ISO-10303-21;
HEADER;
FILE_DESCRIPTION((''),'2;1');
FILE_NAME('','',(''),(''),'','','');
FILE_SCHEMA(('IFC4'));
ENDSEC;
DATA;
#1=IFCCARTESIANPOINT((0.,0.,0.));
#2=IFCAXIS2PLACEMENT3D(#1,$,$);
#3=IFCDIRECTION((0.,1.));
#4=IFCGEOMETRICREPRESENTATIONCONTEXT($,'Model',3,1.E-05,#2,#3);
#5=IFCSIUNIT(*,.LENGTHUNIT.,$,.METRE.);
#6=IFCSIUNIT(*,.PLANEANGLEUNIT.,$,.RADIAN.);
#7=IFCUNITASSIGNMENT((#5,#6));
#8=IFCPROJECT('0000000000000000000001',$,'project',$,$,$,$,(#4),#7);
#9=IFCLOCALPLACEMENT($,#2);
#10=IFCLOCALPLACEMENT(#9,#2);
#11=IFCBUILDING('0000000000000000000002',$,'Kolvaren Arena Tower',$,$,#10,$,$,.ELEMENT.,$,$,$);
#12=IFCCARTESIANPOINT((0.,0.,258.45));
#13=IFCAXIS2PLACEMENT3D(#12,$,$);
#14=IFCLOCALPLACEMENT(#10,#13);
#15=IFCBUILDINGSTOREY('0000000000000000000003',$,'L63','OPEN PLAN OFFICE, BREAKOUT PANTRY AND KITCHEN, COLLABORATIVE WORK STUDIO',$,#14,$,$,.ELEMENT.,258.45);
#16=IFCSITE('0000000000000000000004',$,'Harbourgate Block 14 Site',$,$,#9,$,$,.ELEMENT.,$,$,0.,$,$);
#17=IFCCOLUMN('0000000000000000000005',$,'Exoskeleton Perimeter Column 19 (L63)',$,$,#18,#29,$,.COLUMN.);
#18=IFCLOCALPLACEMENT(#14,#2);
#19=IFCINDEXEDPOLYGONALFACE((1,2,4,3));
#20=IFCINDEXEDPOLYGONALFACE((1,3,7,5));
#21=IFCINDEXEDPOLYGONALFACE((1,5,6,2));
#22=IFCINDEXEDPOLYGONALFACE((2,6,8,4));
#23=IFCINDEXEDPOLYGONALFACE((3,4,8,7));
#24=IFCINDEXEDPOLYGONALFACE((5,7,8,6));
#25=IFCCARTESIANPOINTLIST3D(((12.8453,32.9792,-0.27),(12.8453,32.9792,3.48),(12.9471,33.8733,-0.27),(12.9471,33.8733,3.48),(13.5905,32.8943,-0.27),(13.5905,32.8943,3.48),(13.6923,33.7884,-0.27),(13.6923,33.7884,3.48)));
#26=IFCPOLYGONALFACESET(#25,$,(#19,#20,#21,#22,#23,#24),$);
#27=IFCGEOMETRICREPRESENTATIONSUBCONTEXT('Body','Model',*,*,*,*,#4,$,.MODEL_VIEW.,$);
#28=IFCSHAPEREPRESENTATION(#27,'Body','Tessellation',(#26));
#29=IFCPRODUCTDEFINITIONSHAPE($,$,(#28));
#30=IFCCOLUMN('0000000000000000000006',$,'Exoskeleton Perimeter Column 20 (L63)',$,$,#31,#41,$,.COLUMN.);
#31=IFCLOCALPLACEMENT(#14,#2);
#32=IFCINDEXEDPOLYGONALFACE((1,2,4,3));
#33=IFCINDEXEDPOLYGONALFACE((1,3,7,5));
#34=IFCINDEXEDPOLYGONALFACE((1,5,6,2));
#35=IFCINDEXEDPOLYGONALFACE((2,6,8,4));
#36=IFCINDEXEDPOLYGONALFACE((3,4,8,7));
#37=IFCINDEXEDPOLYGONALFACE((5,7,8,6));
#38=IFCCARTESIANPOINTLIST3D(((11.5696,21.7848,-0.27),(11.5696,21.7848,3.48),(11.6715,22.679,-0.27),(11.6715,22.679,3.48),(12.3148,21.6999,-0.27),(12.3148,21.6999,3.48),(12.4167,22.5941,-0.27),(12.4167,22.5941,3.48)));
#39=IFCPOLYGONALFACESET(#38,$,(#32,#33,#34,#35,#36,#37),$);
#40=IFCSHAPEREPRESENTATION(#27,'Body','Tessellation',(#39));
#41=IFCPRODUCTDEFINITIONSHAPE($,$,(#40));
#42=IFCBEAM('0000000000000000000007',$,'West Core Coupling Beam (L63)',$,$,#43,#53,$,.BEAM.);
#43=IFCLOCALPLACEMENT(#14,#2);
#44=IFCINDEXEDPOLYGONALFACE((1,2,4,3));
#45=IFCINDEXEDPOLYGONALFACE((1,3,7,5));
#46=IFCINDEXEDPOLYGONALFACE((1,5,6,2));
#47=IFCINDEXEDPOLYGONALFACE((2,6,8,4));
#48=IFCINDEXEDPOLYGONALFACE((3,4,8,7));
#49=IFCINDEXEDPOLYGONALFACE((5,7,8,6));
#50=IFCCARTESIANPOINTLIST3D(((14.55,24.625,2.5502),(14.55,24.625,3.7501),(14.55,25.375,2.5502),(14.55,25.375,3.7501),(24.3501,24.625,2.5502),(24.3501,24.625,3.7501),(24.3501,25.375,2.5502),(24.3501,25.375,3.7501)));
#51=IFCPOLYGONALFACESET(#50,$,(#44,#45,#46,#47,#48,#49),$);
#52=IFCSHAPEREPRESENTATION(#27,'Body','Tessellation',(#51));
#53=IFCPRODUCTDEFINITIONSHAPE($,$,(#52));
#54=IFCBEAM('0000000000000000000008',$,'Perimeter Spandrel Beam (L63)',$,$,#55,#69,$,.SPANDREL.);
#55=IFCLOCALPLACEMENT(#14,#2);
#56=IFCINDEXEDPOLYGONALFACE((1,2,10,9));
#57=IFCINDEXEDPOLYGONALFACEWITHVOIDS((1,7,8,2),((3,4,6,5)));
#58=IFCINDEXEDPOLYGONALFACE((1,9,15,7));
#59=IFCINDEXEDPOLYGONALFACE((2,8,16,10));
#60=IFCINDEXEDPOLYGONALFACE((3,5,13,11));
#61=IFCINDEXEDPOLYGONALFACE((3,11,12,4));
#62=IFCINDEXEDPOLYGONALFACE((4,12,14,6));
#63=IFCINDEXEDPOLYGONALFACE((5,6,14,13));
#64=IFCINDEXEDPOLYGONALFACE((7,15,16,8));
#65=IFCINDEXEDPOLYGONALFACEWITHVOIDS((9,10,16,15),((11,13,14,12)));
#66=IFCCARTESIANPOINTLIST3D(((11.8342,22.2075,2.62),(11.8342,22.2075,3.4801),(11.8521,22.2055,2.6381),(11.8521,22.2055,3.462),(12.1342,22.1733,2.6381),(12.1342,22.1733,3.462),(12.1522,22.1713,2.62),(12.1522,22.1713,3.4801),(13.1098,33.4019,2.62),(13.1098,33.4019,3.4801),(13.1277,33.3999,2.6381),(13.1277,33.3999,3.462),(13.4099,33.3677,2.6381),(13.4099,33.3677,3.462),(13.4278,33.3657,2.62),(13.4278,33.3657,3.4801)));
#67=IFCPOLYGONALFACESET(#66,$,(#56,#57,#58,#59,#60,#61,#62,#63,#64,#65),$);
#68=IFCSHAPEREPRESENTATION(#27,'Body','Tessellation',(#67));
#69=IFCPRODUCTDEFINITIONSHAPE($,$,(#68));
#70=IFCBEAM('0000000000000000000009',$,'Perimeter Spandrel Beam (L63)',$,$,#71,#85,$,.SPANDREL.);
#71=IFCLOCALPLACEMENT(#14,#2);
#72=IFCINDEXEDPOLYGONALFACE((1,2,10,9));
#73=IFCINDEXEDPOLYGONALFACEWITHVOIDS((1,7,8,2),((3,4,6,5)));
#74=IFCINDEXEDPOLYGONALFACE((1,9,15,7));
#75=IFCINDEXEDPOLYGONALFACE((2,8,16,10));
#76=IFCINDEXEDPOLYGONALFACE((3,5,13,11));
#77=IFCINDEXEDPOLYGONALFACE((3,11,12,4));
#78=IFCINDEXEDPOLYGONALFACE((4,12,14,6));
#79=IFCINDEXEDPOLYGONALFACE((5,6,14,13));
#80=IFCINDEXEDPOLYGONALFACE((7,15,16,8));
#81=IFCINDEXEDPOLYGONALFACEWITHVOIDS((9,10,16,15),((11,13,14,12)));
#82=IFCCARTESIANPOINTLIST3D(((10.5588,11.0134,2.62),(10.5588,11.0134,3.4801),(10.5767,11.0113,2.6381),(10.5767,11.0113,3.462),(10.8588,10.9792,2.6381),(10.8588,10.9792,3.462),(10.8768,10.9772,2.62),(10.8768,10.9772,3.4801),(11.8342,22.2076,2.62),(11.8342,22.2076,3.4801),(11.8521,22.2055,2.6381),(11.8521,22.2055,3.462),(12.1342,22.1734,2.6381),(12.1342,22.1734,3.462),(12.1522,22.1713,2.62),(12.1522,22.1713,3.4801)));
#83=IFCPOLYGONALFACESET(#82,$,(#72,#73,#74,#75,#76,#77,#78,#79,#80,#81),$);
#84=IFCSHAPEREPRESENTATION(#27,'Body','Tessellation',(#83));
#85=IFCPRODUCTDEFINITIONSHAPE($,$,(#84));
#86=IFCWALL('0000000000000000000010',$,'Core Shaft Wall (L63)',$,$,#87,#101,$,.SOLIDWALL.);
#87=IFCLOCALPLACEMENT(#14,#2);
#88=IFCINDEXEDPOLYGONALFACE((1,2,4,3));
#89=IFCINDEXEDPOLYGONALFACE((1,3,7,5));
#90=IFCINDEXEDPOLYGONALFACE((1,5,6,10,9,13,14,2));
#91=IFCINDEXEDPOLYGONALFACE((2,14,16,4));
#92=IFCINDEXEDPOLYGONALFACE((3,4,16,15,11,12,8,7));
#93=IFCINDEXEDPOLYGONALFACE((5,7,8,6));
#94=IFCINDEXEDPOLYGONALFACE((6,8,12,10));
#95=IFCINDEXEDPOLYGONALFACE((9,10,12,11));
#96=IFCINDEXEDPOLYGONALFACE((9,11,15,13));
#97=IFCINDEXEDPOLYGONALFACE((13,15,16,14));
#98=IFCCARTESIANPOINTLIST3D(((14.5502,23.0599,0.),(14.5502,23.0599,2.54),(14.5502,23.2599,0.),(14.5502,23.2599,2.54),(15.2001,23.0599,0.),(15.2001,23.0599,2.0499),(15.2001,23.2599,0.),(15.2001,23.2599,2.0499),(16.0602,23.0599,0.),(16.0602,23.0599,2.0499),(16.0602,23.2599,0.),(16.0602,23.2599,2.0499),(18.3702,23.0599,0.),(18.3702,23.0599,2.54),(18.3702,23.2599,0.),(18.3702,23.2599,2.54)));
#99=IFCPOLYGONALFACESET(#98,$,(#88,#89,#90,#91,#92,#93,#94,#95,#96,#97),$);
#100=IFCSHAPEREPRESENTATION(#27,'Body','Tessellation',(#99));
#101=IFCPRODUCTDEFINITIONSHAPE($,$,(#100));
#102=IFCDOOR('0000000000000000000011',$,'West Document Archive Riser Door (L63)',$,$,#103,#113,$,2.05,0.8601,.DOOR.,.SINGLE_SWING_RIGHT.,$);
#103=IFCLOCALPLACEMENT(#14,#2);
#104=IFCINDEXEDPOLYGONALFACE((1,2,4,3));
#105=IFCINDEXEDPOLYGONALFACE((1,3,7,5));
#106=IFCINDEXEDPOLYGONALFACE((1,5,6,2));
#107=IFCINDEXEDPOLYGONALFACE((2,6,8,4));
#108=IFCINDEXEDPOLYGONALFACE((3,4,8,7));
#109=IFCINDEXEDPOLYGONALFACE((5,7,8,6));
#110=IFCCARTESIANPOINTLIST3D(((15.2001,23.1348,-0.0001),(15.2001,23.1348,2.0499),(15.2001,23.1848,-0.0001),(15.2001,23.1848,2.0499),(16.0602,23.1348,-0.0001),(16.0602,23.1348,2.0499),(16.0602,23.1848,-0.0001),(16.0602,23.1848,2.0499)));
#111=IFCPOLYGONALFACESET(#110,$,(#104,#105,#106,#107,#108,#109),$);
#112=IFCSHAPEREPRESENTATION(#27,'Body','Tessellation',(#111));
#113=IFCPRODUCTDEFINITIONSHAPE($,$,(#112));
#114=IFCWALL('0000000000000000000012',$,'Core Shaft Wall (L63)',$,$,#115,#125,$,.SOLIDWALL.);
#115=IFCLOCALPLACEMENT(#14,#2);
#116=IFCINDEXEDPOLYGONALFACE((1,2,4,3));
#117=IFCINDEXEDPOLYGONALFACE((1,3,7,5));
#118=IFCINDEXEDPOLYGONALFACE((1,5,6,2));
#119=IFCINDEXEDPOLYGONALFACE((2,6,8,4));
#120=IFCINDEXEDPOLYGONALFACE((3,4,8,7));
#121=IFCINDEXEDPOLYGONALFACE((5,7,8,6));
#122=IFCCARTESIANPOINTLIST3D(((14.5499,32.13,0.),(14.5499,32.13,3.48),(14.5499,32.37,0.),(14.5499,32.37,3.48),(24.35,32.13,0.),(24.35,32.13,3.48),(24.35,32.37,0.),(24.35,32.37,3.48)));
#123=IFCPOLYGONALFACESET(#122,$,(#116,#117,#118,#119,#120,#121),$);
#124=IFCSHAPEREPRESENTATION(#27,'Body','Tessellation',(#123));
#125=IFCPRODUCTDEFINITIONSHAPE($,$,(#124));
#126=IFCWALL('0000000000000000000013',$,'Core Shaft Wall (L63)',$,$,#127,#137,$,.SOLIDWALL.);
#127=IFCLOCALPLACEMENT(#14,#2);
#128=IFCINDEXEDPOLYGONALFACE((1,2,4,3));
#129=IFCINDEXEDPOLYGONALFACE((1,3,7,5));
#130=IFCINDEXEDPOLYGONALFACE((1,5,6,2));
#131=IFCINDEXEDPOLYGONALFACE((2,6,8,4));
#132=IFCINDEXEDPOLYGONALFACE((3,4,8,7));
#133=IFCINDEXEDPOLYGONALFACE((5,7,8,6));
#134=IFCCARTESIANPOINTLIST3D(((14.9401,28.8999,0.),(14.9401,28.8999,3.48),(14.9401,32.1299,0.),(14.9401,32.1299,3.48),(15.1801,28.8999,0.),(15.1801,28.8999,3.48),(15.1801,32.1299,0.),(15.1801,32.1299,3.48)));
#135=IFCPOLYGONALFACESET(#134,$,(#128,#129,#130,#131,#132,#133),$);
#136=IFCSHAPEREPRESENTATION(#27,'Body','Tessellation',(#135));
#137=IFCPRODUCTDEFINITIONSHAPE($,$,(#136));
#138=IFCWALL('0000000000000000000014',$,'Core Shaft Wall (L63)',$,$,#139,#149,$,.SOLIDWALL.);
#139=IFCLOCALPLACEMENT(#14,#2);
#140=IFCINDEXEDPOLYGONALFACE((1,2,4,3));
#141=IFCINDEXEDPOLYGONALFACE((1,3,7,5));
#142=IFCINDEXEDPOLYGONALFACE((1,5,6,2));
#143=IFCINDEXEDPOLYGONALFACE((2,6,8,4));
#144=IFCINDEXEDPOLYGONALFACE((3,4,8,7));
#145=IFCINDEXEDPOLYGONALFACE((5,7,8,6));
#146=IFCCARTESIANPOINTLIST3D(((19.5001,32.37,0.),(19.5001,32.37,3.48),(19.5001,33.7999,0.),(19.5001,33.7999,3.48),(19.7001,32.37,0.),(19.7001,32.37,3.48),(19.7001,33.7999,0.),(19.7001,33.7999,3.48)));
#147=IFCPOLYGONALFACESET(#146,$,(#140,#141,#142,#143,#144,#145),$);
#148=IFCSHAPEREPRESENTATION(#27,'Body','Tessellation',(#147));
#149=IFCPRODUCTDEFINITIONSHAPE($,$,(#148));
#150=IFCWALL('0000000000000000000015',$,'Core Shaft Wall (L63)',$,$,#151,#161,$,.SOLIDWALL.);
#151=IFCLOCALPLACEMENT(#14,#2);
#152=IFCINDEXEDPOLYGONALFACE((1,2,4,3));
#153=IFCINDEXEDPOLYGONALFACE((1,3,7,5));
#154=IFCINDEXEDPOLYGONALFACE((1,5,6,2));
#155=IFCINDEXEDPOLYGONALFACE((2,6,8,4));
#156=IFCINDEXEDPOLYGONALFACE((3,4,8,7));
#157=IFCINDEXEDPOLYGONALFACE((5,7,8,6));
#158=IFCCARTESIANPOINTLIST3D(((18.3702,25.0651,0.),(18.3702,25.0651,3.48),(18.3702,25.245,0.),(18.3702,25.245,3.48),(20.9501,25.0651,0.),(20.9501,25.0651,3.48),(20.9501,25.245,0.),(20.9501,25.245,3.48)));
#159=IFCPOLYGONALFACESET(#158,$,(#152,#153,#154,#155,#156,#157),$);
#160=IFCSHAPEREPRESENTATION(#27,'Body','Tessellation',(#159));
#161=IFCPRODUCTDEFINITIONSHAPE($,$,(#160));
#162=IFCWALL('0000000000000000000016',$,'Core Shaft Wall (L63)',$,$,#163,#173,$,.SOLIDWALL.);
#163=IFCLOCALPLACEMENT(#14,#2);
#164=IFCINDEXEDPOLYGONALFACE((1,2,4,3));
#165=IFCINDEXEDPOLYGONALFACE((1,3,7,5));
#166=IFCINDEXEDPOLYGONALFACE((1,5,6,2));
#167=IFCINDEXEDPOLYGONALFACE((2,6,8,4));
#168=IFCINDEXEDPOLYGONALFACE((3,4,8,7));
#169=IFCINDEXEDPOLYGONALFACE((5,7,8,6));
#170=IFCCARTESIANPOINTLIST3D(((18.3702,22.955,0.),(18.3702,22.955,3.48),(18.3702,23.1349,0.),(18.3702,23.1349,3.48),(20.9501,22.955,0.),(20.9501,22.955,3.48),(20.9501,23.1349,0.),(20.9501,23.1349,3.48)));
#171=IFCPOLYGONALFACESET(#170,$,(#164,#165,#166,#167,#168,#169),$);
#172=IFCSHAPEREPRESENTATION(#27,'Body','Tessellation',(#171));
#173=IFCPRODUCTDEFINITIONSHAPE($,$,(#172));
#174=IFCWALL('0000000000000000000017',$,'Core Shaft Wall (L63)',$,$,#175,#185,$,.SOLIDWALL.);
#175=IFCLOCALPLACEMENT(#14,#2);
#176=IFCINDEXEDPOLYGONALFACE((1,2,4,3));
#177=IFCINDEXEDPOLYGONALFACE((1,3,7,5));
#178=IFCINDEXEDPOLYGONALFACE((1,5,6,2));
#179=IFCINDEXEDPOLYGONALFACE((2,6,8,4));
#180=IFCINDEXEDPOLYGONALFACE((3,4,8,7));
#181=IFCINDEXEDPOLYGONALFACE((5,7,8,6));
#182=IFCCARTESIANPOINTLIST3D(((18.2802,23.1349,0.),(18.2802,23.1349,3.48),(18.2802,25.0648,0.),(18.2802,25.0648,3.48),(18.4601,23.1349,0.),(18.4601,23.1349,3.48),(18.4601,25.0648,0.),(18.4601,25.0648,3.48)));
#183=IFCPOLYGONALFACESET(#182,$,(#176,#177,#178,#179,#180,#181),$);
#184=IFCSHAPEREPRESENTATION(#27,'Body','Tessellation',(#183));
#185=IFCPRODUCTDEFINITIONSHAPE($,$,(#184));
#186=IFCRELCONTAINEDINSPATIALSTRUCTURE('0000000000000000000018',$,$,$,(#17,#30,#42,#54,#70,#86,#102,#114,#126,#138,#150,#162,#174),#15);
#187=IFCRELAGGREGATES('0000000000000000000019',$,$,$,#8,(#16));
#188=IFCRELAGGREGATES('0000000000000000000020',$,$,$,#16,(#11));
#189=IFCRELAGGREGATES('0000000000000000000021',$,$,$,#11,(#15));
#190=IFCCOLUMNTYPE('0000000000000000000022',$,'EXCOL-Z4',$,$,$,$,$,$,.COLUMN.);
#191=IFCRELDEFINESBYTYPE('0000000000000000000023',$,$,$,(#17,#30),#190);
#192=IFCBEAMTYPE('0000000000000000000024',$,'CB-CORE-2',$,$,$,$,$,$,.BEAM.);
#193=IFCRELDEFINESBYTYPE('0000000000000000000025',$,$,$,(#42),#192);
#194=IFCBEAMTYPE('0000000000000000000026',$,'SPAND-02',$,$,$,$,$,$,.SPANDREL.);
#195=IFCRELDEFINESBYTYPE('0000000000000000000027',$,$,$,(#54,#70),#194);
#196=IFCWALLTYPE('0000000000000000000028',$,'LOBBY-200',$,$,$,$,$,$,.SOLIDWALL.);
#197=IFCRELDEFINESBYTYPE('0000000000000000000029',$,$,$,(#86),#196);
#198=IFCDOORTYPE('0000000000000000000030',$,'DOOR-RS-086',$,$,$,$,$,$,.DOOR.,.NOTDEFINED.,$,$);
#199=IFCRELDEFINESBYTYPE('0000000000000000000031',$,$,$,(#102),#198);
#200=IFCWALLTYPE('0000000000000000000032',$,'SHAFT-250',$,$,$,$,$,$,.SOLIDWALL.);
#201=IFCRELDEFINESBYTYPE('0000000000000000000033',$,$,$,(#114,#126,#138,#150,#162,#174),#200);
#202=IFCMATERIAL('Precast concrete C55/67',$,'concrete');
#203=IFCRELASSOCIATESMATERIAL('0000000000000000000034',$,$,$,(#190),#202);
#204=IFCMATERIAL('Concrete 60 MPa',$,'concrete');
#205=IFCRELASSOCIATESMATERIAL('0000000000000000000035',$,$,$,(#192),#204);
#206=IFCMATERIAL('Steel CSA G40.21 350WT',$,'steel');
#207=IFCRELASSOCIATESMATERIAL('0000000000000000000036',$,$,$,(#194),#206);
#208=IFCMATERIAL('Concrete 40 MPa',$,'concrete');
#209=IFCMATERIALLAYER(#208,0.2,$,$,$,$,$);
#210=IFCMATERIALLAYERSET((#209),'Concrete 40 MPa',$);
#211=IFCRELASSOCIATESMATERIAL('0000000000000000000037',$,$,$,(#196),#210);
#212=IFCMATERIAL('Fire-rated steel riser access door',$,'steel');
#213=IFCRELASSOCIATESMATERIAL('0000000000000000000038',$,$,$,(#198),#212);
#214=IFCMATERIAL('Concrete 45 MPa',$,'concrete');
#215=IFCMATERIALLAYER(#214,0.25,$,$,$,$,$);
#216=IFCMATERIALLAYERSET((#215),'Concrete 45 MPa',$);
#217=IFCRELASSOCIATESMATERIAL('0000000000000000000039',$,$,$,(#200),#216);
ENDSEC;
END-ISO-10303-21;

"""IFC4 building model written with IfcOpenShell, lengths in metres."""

from ifc_helpers import new_model, si_unit, direction, frame, frame_2d, origin, origin_2d, place, context, subcontext, project, spatial, rectangle, hollow_rectangle, extrude, material, layer, layer_set, material_profile, profile_set, type_object, element, fill, save


model = new_model("IFC4")

# Units and contexts
model_context = context("Model", 3, precision=1e-05, world=origin(), true_north=direction((0.0, 1.0)))
body_context = subcontext(model_context, "Body", "Model", "MODEL_VIEW")
ifc_project = project(units=[si_unit("LENGTHUNIT", "METRE"), si_unit("PLANEANGLEUNIT", "RADIAN")], contexts=[model_context])

# Site, building, storey
site_placement = place(None, origin())
site = spatial("IfcSite", under=ifc_project, at=site_placement, Name="Harbourgate Block 14 Site", CompositionType="ELEMENT", RefElevation=0.0)
building_placement = place(site_placement, origin())
building = spatial("IfcBuilding", under=site, at=building_placement, Name="Kolvaren Arena Tower", CompositionType="ELEMENT")
storey_placement = place(building_placement, frame((0.0, 0.0, 258.45)))
storey = spatial("IfcBuildingStorey", under=building, at=storey_placement, Name="L63", Description="OPEN PLAN OFFICE, BREAKOUT PANTRY AND KITCHEN, COLLABORATIVE WORK STUDIO", CompositionType="ELEMENT", Elevation=258.45)

# Columns
ifc_material_1 = material(Name="Precast concrete C55/67", Category="concrete")
ifc_material_profile_1 = material_profile(ifc_material_1, rectangle(XDim=0.8999, YDim=0.75, at=origin_2d()), Name="RC-900x750")
ifc_profile_set_1 = profile_set([ifc_material_profile_1], Name="Precast concrete C55/67")
column_type = type_object("IfcColumnType", Name="EXCOL-Z4", PredefinedType="COLUMN", material=ifc_profile_set_1)
for number, where, z_axis, x_axis, name in (
    (1, (13.2688, 33.3838, -0.27), (0.0, 0.0, 1.0), (0.113203, 0.993572, 0.0), "Exoskeleton Perimeter Column 19 (L63)"),
    (2, (11.9932, 22.1895, -0.27), (0.0, 0.0, 1.0), (0.113203, 0.993572, 0.0), "Exoskeleton Perimeter Column 20 (L63)"),
):
    element("IfcColumn", number, at=place(storey_placement, frame(where, z_axis=z_axis, x_axis=x_axis)), inside=storey, type_object=column_type, Name=name, PredefinedType="COLUMN", context=body_context, shape_type="SweptSolid", body=[
        extrude(rectangle(XDim=0.8999, YDim=0.75, at=origin_2d()), origin(), (0.0, 0.0, 1.0), 3.75),
    ])

# Beams
ifc_material_2 = material(Name="Concrete 60 MPa", Category="concrete")
ifc_material_profile_2 = material_profile(ifc_material_2, rectangle(XDim=0.75, YDim=1.2, at=origin_2d()), Name="RC-750x1200")
ifc_profile_set_2 = profile_set([ifc_material_profile_2], Name="Concrete 60 MPa")
beam_type_1 = type_object("IfcBeamType", Name="CB-CORE-2", PredefinedType="BEAM", material=ifc_profile_set_2)
beam_1_placement = place(storey_placement, frame((14.55, 25.0, 3.1501), z_axis=(1.0, 0.0, 0.0), x_axis=(0.0, 1.0, 0.0)))
element("IfcBeam", 3, at=beam_1_placement, inside=storey, type_object=beam_type_1, Name="West Core Coupling Beam (L63)", PredefinedType="BEAM", context=body_context, shape_type="SweptSolid", body=[
    extrude(rectangle(XDim=0.75, YDim=1.2, at=origin_2d()), origin(), (0.0, 0.0, 1.0), 9.8),
])
ifc_material_3 = material(Name="Steel CSA G40.21 350WT", Category="steel")
ifc_material_profile_3 = material_profile(ifc_material_3, hollow_rectangle(XDim=0.3201, YDim=0.8601, WallThickness=0.0181, at=origin_2d()), Name="HSS 860x320x18")
ifc_profile_set_3 = profile_set([ifc_material_profile_3], Name="Steel CSA G40.21 350WT")
beam_type_2 = type_object("IfcBeamType", Name="SPAND-02", PredefinedType="SPANDREL", material=ifc_profile_set_3)
beam_2_placement = place(storey_placement, frame((13.2688, 33.3838, 3.05), z_axis=(-0.113221, -0.99357, 0.0), x_axis=(0.99357, -0.113221, 0.0)))
element("IfcBeam", 4, at=beam_2_placement, inside=storey, type_object=beam_type_2, Name="Perimeter Spandrel Beam (L63)", PredefinedType="SPANDREL", context=body_context, shape_type="SweptSolid", body=[
    extrude(hollow_rectangle(XDim=0.3201, YDim=0.8601, WallThickness=0.0181, at=origin_2d()), origin(), (0.0, 0.0, 1.0), 11.2668),
])
beam_3_placement = place(storey_placement, frame((11.9932, 22.1895, 3.05), z_axis=(-0.113202, -0.993572, 0.0), x_axis=(0.993572, -0.113202, 0.0)))
element("IfcBeam", 5, at=beam_3_placement, inside=storey, type_object=beam_type_2, Name="Perimeter Spandrel Beam (L63)", PredefinedType="SPANDREL", context=body_context, shape_type="SweptSolid", body=[
    extrude(hollow_rectangle(XDim=0.3201, YDim=0.8601, WallThickness=0.0181, at=origin_2d()), origin(), (0.0, 0.0, 1.0), 11.2666),
])

# Wall, opening, door
ifc_material_4 = material(Name="Concrete 40 MPa", Category="concrete")
ifc_layer_1 = layer(ifc_material_4, 0.2)
ifc_layer_set_1 = layer_set([ifc_layer_1], Name="Concrete 40 MPa")
wall_type_1 = type_object("IfcWallType", Name="LOBBY-200", PredefinedType="SOLIDWALL", material=ifc_layer_set_1)
wall_1_placement = place(storey_placement, frame((14.55, 23.1599, 0.0), z_axis=(0.0, 0.0, 1.0), x_axis=(1.0, 0.0, 0.0)))
wall_1 = element("IfcWall", 6, at=wall_1_placement, inside=storey, type_object=wall_type_1, Name="Core Shaft Wall (L63)", PredefinedType="SOLIDWALL", context=body_context, shape_type="SweptSolid", body=[
    extrude(rectangle(XDim=3.8201, YDim=0.2, at=frame_2d((1.9102, 0.0))), origin(), (0.0, 0.0, 1.0), 2.54),
])
opening_1_placement = place(wall_1_placement, frame((0.6499, 0.0, 0.0)))
opening_1 = element("IfcOpeningElement", 7, at=opening_1_placement, cuts=wall_1, PredefinedType="OPENING", context=body_context, shape_type="SweptSolid", body=[
    extrude(rectangle(XDim=0.8601, YDim=2.05, at=frame_2d((0.4302, 1.0249))), frame((0.0, 0.1099, 0.0), z_axis=(0.0, -1.0, 0.0), x_axis=(1.0, 0.0, 0.0)), (0.0, 0.0, 1.0), 0.22),
])
ifc_material_5 = material(Name="Fire-rated steel riser access door", Category="steel")
door_type_1 = type_object("IfcDoorType", Name="DOOR-RS-086", OperationType="NOTDEFINED", PredefinedType="DOOR", material=ifc_material_5)
door_1_placement = place(opening_1_placement, origin())
door_1 = element("IfcDoor", 8, at=door_1_placement, inside=storey, type_object=door_type_1, Name="West Document Archive Riser Door (L63)", OperationType="SINGLE_SWING_RIGHT", OverallHeight=2.05, OverallWidth=0.8601, PredefinedType="DOOR", context=body_context, shape_type="SweptSolid", body=[
    extrude(rectangle(XDim=0.8601, YDim=2.05, at=frame_2d((0.4302, 1.0249))), frame((0.0, 0.0249, 0.0), z_axis=(0.0, -1.0, 0.0), x_axis=(1.0, 0.0, 0.0)), (0.0, 0.0, 1.0), 0.05),
])
fill(opening_1, door_1)

# Walls
ifc_material_6 = material(Name="Concrete 45 MPa", Category="concrete")
ifc_layer_2 = layer(ifc_material_6, 0.25)
ifc_layer_set_2 = layer_set([ifc_layer_2], Name="Concrete 45 MPa")
wall_type_2 = type_object("IfcWallType", Name="SHAFT-250", PredefinedType="SOLIDWALL", material=ifc_layer_set_2)
wall_2_placement = place(storey_placement, frame((14.55, 32.25, 0.0), z_axis=(0.0, 0.0, 1.0), x_axis=(1.0, 0.0, 0.0)))
element("IfcWall", 9, at=wall_2_placement, inside=storey, type_object=wall_type_2, Name="Core Shaft Wall (L63)", PredefinedType="SOLIDWALL", context=body_context, shape_type="SweptSolid", body=[
    extrude(rectangle(XDim=9.8, YDim=0.24, at=frame_2d((4.8999, 0.0))), origin(), (0.0, 0.0, 1.0), 3.48),
])
wall_3_placement = place(storey_placement, frame((15.0601, 28.8999, 0.0), z_axis=(0.0, 0.0, 1.0), x_axis=(0.0, 1.0, 0.0)))
element("IfcWall", 10, at=wall_3_placement, inside=storey, type_object=wall_type_2, Name="Core Shaft Wall (L63)", PredefinedType="SOLIDWALL", context=body_context, shape_type="SweptSolid", body=[
    extrude(rectangle(XDim=3.23, YDim=0.24, at=frame_2d((1.615, 0.0))), origin(), (0.0, 0.0, 1.0), 3.48),
])
wall_4_placement = place(storey_placement, frame((19.6001, 32.3701, 0.0), z_axis=(0.0, 0.0, 1.0), x_axis=(0.0, 1.0, 0.0)))
element("IfcWall", 11, at=wall_4_placement, inside=storey, type_object=wall_type_2, Name="Core Shaft Wall (L63)", PredefinedType="SOLIDWALL", context=body_context, shape_type="SweptSolid", body=[
    extrude(rectangle(XDim=1.4299, YDim=0.2, at=frame_2d((0.7148, 0.0))), origin(), (0.0, 0.0, 1.0), 3.48),
])
for number, where, z_axis, x_axis, name in (
    (12, (18.3701, 25.155, 0.0), (0.0, 0.0, 1.0), (1.0, 0.0, 0.0), "Core Shaft Wall (L63)"),
    (13, (18.3701, 23.0449, 0.0), (0.0, 0.0, 1.0), (1.0, 0.0, 0.0), "Core Shaft Wall (L63)"),
):
    element("IfcWall", number, at=place(storey_placement, frame(where, z_axis=z_axis, x_axis=x_axis)), inside=storey, type_object=wall_type_2, Name=name, PredefinedType="SOLIDWALL", context=body_context, shape_type="SweptSolid", body=[
        extrude(rectangle(XDim=2.5798, YDim=0.1799, at=frame_2d((1.29, 0.0))), origin(), (0.0, 0.0, 1.0), 3.48),
    ])
wall_5_placement = place(storey_placement, frame((18.3701, 23.135, 0.0), z_axis=(0.0, 0.0, 1.0), x_axis=(0.0, 1.0, 0.0)))
element("IfcWall", 14, at=wall_5_placement, inside=storey, type_object=wall_type_2, Name="Core Shaft Wall (L63)", PredefinedType="SOLIDWALL", context=body_context, shape_type="SweptSolid", body=[
    extrude(rectangle(XDim=1.9299, YDim=0.1799, at=frame_2d((0.9648, 0.0))), origin(), (0.0, 0.0, 1.0), 3.48),
])

save(model, "model.ifc")
